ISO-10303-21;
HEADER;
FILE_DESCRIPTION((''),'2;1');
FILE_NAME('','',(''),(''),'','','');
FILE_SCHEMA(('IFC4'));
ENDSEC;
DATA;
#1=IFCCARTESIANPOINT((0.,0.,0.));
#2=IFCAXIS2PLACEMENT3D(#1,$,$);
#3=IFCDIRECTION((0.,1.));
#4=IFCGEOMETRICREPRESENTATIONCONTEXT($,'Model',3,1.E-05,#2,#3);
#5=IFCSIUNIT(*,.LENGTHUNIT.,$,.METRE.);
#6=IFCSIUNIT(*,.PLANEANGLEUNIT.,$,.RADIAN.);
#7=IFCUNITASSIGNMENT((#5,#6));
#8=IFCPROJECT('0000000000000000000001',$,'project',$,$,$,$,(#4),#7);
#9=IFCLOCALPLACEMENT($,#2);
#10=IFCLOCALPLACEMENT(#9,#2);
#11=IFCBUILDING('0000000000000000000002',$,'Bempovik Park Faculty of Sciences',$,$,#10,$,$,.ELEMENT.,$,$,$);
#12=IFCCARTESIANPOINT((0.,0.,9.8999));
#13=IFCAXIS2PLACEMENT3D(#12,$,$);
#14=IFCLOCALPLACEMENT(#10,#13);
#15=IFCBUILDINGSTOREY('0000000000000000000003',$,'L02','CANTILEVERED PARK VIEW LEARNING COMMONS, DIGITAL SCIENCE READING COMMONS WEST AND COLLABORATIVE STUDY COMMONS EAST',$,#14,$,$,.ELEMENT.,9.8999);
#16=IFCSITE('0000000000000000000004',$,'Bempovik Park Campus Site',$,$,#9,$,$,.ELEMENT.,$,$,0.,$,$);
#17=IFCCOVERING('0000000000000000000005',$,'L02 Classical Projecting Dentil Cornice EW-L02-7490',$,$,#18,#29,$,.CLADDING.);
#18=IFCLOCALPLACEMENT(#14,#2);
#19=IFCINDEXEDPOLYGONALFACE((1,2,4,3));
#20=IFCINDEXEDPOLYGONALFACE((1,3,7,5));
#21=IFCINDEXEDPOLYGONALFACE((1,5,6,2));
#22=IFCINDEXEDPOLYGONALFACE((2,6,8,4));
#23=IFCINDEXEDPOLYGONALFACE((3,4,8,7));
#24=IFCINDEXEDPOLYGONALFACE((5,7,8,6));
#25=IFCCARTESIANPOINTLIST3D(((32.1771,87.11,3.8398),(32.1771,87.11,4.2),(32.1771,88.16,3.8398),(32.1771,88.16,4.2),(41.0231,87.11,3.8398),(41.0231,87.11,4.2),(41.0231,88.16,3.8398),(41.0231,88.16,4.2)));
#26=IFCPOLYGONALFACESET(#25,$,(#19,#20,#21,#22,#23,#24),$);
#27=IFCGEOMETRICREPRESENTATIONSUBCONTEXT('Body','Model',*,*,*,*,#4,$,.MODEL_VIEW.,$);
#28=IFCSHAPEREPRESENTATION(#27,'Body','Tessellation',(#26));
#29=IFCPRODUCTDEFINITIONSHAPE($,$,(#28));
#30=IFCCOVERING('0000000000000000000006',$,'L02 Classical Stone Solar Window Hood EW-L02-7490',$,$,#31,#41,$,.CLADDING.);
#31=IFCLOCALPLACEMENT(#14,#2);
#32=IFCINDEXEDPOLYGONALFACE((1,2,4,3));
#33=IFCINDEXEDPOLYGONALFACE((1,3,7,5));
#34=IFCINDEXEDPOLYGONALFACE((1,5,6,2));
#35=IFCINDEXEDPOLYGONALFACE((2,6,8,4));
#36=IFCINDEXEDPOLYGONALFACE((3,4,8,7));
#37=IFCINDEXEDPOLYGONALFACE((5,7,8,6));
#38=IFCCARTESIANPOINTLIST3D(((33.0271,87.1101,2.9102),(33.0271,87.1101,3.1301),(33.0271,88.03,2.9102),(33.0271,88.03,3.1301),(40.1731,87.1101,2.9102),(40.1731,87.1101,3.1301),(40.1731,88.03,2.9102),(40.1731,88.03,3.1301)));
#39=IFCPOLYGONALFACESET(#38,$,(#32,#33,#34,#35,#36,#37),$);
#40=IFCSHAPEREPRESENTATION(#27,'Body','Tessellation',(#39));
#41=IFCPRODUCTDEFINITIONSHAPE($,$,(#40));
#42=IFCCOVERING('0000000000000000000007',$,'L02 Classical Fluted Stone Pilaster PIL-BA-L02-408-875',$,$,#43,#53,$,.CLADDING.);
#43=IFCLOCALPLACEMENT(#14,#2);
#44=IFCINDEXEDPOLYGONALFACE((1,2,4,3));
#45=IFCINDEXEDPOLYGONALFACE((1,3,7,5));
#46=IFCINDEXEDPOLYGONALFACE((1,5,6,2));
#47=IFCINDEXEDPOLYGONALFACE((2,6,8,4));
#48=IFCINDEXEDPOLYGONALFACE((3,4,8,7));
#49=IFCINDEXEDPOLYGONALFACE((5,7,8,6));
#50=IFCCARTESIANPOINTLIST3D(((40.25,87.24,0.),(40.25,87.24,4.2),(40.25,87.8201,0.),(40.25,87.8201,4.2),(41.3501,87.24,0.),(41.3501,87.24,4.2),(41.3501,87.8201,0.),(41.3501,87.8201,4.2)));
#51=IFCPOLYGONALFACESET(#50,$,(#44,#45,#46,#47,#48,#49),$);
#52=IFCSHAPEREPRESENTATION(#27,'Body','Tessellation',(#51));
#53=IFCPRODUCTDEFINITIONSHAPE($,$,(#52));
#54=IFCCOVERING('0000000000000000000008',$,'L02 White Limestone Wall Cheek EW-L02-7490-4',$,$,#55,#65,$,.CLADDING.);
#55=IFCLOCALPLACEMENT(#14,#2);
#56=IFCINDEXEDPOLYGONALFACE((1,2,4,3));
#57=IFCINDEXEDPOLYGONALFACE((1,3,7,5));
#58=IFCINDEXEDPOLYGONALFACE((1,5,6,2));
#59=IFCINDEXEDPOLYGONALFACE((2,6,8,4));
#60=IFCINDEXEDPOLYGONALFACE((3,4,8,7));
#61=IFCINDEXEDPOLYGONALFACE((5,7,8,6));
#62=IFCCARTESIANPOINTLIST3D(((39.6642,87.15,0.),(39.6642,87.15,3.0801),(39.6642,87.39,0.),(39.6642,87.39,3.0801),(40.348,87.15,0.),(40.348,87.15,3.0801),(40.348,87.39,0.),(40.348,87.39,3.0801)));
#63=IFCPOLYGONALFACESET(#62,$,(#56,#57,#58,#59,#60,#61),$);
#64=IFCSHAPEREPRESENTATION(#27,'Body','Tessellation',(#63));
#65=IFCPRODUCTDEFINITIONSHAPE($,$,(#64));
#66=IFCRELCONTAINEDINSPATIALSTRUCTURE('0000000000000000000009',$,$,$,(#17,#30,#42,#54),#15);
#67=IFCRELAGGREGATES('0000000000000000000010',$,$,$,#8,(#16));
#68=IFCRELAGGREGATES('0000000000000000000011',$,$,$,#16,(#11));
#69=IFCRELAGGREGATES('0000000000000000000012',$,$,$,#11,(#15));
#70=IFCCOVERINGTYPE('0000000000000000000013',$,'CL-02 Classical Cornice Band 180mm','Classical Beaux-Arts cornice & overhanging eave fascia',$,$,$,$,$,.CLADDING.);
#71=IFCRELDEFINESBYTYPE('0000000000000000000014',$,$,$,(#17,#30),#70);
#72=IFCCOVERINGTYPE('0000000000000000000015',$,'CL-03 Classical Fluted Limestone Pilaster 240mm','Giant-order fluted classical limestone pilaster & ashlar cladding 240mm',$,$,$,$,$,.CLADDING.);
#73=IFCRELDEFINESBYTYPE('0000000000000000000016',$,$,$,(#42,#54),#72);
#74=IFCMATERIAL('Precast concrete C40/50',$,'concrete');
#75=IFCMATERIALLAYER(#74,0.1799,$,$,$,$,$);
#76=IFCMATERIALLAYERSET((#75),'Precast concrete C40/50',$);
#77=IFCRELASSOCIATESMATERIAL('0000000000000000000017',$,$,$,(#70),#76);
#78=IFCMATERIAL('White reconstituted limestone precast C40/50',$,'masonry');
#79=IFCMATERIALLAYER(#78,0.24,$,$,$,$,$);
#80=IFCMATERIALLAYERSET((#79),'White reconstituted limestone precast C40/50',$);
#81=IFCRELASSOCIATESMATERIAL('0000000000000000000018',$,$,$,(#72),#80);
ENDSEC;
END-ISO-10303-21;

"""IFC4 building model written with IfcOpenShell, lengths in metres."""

from ifc_helpers import new_model, si_unit, direction, frame, origin, origin_2d, place, context, subcontext, project, spatial, rectangle, extrude, material, layer, layer_set, type_object, element, save


model = new_model("IFC4")

# Units and contexts
model_context = context("Model", 3, precision=1e-05, world=origin(), true_north=direction((0.0, 1.0)))
body_context = subcontext(model_context, "Body", "Model", "MODEL_VIEW")
ifc_project = project(units=[si_unit("LENGTHUNIT", "METRE"), si_unit("PLANEANGLEUNIT", "RADIAN")], contexts=[model_context])

# Site, building, storey
site_placement = place(None, origin())
site = spatial("IfcSite", under=ifc_project, at=site_placement, Name="Bempovik Park Campus Site", CompositionType="ELEMENT", RefElevation=0.0)
building_placement = place(site_placement, origin())
building = spatial("IfcBuilding", under=site, at=building_placement, Name="Bempovik Park Faculty of Sciences", CompositionType="ELEMENT")
storey_placement = place(building_placement, frame((0.0, 0.0, 9.8999)))
storey = spatial("IfcBuildingStorey", under=building, at=storey_placement, Name="L02", Description="CANTILEVERED PARK VIEW LEARNING COMMONS, DIGITAL SCIENCE READING COMMONS WEST AND COLLABORATIVE STUDY COMMONS EAST", CompositionType="ELEMENT", Elevation=9.8999)

# Coverings
ifc_material_1 = material(Name="Precast concrete C40/50", Category="concrete")
ifc_layer_1 = layer(ifc_material_1, 0.1799)
ifc_layer_set_1 = layer_set([ifc_layer_1], Name="Precast concrete C40/50")
covering_type_1 = type_object("IfcCoveringType", Name="CL-02 Classical Cornice Band 180mm", Description="Classical Beaux-Arts cornice & overhanging eave fascia", PredefinedType="CLADDING", material=ifc_layer_set_1)
covering_1_placement = place(storey_placement, frame((36.6001, 87.635, 3.8398), z_axis=(0.0, 0.0, 1.0), x_axis=(1.0, 0.0, 0.0)))
element("IfcCovering", 1, at=covering_1_placement, inside=storey, type_object=covering_type_1, Name="L02 Classical Projecting Dentil Cornice EW-L02-7490", PredefinedType="CLADDING", context=body_context, shape_type="SweptSolid", body=[
    extrude(rectangle(XDim=8.8459, YDim=1.05, at=origin_2d()), origin(), (0.0, 0.0, 1.0), 0.3601),
])
covering_2_placement = place(storey_placement, frame((36.6001, 87.5701, 2.9102), z_axis=(0.0, 0.0, 1.0), x_axis=(1.0, 0.0, 0.0)))
element("IfcCovering", 2, at=covering_2_placement, inside=storey, type_object=covering_type_1, Name="L02 Classical Stone Solar Window Hood EW-L02-7490", PredefinedType="CLADDING", context=body_context, shape_type="SweptSolid", body=[
    extrude(rectangle(XDim=7.146, YDim=0.9199, at=origin_2d()), origin(), (0.0, 0.0, 1.0), 0.22),
])
ifc_material_2 = material(Name="White reconstituted limestone precast C40/50", Category="masonry")
ifc_layer_2 = layer(ifc_material_2, 0.24)
ifc_layer_set_2 = layer_set([ifc_layer_2], Name="White reconstituted limestone precast C40/50")
covering_type_2 = type_object("IfcCoveringType", Name="CL-03 Classical Fluted Limestone Pilaster 240mm", Description="Giant-order fluted classical limestone pilaster & ashlar cladding 240mm", PredefinedType="CLADDING", material=ifc_layer_set_2)
covering_3_placement = place(storey_placement, frame((40.8, 87.53, 0.0), z_axis=(0.0, 0.0, 1.0), x_axis=(1.0, 0.0, 0.0)))
element("IfcCovering", 3, at=covering_3_placement, inside=storey, type_object=covering_type_2, Name="L02 Classical Fluted Stone Pilaster PIL-BA-L02-408-875", PredefinedType="CLADDING", context=body_context, shape_type="SweptSolid", body=[
    extrude(rectangle(XDim=1.1001, YDim=0.5801, at=origin_2d()), origin(), (0.0, 0.0, 1.0), 4.2),
])
covering_4_placement = place(storey_placement, frame((40.0061, 87.27, 0.0), z_axis=(0.0, 0.0, 1.0), x_axis=(1.0, 0.0, 0.0)))
element("IfcCovering", 4, at=covering_4_placement, inside=storey, type_object=covering_type_2, Name="L02 White Limestone Wall Cheek EW-L02-7490-4", PredefinedType="CLADDING", context=body_context, shape_type="SweptSolid", body=[
    extrude(rectangle(XDim=0.6838, YDim=0.24, at=origin_2d()), origin(), (0.0, 0.0, 1.0), 3.0801),
])

save(model, "model.ifc")
